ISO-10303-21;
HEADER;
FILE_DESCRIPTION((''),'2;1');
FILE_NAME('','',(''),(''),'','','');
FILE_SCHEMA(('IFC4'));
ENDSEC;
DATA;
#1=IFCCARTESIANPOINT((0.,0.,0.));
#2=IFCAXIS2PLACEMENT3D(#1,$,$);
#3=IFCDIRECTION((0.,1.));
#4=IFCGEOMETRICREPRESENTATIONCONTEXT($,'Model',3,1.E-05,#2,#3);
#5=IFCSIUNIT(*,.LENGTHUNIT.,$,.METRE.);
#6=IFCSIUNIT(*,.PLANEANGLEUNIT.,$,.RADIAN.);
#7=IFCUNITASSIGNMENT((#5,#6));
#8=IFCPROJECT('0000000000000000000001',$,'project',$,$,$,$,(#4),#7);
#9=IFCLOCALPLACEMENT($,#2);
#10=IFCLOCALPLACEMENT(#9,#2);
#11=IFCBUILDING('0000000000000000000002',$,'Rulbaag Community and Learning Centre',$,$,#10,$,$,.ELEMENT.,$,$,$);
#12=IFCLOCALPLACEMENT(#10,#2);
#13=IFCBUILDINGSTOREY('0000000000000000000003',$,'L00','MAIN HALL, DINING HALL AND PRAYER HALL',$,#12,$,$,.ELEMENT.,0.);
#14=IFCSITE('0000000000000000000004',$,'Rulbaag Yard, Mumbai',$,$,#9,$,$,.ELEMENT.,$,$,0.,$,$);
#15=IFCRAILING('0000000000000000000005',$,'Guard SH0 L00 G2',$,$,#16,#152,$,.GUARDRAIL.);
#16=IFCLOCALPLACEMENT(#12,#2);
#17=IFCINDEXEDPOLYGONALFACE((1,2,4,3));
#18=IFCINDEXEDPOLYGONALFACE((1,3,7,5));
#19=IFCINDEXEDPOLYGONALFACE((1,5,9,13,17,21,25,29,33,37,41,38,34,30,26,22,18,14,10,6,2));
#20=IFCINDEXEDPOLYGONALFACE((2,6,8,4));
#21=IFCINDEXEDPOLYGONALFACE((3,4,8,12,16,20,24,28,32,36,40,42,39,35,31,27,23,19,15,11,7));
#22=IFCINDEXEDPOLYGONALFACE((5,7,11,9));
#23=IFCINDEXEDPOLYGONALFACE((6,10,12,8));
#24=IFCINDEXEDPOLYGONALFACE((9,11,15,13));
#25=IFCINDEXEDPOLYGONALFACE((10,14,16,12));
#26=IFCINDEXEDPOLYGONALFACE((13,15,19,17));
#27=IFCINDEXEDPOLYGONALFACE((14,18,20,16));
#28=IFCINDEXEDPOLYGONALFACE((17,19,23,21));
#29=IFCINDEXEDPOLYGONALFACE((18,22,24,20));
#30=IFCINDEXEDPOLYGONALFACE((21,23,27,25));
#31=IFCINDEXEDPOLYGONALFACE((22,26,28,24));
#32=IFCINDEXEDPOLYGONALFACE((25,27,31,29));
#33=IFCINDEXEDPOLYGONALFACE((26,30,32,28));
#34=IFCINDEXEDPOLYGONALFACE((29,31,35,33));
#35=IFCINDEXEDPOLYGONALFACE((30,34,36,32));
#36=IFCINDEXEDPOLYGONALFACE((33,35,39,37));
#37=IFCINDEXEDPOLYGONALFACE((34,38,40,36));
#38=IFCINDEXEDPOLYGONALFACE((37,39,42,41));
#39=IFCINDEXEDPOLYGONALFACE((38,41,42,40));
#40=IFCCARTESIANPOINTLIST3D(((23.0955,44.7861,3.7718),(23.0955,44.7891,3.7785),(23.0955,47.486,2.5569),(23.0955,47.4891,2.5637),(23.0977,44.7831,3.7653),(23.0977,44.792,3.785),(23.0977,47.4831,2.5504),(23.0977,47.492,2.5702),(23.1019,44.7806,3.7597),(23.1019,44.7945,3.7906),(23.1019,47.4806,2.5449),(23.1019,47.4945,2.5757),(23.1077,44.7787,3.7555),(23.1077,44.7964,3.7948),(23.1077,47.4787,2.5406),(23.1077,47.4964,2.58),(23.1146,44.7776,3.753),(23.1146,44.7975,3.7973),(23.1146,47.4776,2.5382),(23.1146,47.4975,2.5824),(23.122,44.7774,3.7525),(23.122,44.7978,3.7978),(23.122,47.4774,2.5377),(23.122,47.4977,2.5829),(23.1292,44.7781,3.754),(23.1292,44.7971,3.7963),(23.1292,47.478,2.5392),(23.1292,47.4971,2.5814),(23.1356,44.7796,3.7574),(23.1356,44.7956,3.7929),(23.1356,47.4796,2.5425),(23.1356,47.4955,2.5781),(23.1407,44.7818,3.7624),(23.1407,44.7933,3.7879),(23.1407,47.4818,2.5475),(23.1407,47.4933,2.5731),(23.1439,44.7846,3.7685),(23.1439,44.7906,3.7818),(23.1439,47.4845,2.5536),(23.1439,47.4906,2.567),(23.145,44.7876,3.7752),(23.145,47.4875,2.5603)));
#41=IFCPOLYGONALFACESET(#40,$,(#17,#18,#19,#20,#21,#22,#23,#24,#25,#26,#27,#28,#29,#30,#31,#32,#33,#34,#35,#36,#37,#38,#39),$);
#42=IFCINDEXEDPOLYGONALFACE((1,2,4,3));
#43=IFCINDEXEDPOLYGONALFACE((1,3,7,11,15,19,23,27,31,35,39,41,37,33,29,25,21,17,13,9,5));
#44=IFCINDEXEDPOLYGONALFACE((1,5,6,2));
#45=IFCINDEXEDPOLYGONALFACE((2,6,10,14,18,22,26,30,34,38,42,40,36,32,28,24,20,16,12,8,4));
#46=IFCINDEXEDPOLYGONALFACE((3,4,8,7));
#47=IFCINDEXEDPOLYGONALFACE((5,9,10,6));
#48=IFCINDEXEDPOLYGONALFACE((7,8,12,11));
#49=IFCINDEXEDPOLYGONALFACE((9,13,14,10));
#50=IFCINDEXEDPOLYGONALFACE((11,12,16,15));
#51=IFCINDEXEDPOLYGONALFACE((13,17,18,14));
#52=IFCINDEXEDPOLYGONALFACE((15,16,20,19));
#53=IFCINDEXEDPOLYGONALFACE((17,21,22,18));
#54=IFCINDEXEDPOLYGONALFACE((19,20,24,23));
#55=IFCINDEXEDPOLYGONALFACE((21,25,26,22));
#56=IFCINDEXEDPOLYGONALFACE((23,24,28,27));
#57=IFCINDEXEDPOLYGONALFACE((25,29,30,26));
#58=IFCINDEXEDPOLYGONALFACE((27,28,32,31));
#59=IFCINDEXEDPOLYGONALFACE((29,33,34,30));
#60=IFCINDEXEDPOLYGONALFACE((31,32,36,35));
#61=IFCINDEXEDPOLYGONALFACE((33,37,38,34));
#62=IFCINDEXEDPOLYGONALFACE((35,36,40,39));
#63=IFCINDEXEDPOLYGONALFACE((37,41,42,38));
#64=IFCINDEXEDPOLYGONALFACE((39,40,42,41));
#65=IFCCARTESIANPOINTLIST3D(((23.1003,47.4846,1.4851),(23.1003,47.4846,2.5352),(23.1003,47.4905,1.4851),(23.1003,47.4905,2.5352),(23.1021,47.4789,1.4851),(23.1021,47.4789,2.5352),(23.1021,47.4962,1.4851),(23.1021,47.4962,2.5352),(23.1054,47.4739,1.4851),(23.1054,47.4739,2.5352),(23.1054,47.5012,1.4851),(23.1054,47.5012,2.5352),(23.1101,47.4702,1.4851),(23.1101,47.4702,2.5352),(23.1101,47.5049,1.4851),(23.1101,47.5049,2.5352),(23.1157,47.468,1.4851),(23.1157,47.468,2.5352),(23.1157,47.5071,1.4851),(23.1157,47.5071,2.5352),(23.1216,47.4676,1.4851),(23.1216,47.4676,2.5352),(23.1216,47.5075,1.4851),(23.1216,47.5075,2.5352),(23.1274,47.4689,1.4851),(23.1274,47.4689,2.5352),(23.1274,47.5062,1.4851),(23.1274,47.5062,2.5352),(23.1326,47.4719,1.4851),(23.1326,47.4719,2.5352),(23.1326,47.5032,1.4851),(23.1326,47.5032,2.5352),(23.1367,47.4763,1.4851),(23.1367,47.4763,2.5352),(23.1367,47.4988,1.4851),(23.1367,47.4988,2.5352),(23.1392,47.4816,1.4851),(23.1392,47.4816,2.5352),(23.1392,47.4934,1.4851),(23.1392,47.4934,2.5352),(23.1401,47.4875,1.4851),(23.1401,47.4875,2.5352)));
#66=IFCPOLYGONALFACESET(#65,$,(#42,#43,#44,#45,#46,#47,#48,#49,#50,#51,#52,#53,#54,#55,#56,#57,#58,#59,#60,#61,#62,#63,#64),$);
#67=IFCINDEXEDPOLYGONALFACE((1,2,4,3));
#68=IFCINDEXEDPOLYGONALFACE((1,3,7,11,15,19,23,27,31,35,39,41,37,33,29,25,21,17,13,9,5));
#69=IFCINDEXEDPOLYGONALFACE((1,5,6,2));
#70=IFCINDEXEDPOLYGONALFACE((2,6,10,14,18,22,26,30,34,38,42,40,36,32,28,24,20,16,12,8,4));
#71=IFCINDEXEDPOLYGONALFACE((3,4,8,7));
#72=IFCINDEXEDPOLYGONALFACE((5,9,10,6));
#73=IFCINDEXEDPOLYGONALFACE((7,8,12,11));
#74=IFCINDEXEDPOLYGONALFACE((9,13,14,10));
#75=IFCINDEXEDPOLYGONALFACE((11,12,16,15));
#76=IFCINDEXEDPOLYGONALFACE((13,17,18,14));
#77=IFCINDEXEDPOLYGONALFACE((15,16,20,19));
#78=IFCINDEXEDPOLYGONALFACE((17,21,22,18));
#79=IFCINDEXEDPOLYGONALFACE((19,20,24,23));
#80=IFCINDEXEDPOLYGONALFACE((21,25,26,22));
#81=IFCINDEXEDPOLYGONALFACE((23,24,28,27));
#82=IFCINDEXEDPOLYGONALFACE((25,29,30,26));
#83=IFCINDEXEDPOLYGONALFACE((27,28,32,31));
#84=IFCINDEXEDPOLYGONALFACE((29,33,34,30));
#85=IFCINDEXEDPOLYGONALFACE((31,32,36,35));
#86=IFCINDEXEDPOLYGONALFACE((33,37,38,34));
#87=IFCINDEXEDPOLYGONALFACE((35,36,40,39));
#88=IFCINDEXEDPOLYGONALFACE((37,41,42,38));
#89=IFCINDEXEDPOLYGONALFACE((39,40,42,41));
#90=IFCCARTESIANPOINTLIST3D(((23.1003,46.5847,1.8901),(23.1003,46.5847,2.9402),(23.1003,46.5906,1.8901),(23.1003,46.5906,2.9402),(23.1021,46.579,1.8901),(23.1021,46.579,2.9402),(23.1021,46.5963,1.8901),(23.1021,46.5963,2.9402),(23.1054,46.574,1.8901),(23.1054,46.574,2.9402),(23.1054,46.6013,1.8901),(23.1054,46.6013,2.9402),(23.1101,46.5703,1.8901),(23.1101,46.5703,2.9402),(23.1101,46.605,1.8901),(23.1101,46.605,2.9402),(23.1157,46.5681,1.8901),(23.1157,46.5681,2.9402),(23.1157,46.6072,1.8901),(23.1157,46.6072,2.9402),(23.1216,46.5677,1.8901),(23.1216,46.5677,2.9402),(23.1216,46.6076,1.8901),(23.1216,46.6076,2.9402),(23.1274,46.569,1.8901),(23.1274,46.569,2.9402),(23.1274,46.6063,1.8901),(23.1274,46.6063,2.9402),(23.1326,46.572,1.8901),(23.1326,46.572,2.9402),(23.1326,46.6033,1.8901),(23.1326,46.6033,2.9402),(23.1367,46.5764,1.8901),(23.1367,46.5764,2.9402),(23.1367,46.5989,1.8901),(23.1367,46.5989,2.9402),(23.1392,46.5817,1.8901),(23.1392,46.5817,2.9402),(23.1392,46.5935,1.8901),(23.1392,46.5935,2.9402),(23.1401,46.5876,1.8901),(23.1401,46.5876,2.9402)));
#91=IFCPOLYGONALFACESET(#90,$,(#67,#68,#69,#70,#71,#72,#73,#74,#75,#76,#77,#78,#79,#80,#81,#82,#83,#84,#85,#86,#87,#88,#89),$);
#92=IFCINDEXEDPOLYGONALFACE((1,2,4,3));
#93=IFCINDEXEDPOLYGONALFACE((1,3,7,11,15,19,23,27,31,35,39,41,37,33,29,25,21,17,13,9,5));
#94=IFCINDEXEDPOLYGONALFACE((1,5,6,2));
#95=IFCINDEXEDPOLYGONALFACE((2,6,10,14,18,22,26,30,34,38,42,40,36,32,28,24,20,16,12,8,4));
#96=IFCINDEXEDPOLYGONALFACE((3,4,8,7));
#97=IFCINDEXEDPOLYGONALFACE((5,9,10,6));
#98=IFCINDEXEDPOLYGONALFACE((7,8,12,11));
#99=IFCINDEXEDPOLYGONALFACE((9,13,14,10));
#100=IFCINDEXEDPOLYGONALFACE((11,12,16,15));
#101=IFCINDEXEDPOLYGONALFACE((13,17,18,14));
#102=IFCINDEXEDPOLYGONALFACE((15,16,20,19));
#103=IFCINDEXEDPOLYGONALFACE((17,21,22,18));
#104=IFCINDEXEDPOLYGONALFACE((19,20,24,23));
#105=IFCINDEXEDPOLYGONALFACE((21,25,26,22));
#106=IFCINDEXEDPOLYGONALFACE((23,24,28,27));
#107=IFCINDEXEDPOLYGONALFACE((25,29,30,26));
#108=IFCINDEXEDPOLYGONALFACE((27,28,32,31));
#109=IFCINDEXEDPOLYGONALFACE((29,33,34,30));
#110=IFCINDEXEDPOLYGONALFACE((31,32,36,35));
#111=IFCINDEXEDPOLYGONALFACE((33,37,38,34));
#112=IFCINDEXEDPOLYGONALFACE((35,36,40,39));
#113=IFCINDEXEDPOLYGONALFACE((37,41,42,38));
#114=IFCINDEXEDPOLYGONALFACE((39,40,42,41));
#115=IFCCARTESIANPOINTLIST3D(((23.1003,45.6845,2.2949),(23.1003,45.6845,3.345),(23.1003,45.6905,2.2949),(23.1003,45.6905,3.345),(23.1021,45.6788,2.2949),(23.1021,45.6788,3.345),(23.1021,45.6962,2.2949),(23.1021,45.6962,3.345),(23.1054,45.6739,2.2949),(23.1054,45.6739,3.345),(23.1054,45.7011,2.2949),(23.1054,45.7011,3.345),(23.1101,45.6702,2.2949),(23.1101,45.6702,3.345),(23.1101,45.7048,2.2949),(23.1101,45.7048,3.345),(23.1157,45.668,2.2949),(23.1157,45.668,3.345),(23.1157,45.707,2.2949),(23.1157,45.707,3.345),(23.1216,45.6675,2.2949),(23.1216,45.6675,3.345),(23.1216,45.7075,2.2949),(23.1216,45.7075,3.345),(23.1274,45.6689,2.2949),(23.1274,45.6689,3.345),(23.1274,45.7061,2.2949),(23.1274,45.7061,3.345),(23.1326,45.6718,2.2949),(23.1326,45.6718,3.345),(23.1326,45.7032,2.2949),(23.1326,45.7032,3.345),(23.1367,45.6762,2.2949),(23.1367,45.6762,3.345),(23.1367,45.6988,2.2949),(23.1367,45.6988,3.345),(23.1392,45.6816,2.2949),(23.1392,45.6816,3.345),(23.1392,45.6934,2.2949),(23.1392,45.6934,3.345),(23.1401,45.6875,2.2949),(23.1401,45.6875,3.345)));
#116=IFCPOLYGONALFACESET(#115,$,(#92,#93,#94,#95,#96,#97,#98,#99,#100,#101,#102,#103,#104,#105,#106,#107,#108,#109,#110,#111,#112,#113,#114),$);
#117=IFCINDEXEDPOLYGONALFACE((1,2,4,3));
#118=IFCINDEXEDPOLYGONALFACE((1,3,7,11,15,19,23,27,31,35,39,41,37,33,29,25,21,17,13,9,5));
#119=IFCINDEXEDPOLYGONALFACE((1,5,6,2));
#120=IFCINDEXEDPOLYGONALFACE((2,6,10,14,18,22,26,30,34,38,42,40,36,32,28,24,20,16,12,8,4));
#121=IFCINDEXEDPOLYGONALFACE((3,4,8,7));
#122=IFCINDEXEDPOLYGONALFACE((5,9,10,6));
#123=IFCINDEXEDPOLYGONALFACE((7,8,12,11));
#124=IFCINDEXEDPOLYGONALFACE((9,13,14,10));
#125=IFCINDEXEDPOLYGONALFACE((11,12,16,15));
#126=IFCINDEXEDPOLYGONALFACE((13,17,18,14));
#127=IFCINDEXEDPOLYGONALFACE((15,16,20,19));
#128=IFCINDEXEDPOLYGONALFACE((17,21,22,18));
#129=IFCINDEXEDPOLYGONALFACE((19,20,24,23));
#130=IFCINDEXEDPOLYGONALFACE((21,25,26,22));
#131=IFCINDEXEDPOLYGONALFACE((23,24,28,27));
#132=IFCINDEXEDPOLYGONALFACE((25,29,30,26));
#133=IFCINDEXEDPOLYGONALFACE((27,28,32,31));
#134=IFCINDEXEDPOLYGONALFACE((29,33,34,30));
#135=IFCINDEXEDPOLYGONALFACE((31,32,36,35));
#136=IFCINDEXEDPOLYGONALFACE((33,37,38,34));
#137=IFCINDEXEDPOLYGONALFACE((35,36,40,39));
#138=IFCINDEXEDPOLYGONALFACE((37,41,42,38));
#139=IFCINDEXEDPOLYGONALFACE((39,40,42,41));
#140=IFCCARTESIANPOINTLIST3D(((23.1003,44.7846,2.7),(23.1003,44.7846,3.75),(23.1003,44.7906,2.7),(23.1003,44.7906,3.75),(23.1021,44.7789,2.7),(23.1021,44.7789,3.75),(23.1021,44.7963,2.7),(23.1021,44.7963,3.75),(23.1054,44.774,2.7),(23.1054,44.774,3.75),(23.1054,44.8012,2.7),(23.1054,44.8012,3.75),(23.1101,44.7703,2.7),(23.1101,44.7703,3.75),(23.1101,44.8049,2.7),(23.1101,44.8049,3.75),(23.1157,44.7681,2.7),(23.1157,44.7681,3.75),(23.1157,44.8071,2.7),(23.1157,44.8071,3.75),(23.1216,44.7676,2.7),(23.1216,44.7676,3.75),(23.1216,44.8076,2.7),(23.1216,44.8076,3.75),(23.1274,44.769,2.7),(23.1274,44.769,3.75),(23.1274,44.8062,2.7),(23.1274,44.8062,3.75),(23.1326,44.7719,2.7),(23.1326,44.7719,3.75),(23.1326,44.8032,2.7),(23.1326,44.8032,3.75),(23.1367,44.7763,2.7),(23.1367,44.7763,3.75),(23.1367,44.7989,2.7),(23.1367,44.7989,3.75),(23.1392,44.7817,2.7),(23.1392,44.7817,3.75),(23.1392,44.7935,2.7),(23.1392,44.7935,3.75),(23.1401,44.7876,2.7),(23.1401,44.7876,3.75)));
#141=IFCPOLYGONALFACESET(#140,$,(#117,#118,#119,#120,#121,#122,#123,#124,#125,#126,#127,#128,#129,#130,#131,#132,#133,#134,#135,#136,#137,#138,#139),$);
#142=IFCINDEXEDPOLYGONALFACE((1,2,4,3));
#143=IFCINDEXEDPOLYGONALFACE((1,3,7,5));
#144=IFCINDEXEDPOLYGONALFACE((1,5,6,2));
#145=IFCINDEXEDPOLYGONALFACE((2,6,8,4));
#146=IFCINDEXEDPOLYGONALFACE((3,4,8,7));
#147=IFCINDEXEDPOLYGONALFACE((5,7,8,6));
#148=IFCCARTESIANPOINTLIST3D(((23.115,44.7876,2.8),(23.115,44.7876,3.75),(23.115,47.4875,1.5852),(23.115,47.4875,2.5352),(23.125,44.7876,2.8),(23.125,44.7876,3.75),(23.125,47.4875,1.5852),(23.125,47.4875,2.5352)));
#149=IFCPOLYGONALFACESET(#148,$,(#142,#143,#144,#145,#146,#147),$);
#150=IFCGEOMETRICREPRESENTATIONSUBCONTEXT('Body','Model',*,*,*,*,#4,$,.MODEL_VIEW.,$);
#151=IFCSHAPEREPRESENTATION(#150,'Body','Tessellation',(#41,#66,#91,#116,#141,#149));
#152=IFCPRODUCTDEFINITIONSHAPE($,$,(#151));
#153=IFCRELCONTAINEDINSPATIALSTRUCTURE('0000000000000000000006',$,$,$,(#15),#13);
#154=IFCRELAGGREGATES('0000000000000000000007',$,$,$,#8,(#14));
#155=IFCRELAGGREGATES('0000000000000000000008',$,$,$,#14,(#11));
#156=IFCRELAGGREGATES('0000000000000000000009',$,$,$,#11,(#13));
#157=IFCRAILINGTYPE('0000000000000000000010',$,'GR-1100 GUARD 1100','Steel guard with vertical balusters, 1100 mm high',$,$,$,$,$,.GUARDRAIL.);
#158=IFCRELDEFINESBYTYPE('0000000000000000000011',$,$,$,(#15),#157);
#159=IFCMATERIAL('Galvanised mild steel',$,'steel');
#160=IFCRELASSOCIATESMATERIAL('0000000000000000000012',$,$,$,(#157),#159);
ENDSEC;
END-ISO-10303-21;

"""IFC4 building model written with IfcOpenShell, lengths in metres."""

from ifc_helpers import new_model, si_unit, direction, frame, origin, origin_2d, place, context, subcontext, project, spatial, polyline, circle, outline, extrude, material, type_object, element, save


model = new_model("IFC4")

# Units and contexts
model_context = context("Model", 3, precision=1e-05, world=origin(), true_north=direction((0.0, 1.0)))
body_context = subcontext(model_context, "Body", "Model", "MODEL_VIEW")
ifc_project = project(units=[si_unit("LENGTHUNIT", "METRE"), si_unit("PLANEANGLEUNIT", "RADIAN")], contexts=[model_context])

# Site, building, storey
site_placement = place(None, origin())
site = spatial("IfcSite", under=ifc_project, at=site_placement, Name="Rulbaag Yard, Mumbai", CompositionType="ELEMENT", RefElevation=0.0)
building_placement = place(site_placement, origin())
building = spatial("IfcBuilding", under=site, at=building_placement, Name="Rulbaag Community and Learning Centre", CompositionType="ELEMENT")
storey_placement = place(building_placement, origin())
storey = spatial("IfcBuildingStorey", under=building, at=storey_placement, Name="L00", Description="MAIN HALL, DINING HALL AND PRAYER HALL", CompositionType="ELEMENT", Elevation=0.0)

# Railing
ifc_material_1 = material(Name="Galvanised mild steel", Category="steel")
railing_type_1 = type_object("IfcRailingType", Name="GR-1100 GUARD 1100", Description="Steel guard with vertical balusters, 1100 mm high", PredefinedType="GUARDRAIL", material=ifc_material_1)
railing_1_placement = place(storey_placement, frame((23.1201, 47.4875, 1.4851)))
element("IfcRailing", 1, at=railing_1_placement, inside=storey, type_object=railing_type_1, Name="Guard SH0 L00 G2", PredefinedType="GUARDRAIL", context=body_context, shape_type="SweptSolid", body=[
    extrude(circle(Radius=0.0249, at=origin_2d()), frame((0.0, 0.0, 1.0752), z_axis=(0.0, -0.911938, 0.410327), x_axis=(1.0, 0.0, 0.0)), (0.0, 0.0, 1.0), 2.9607),
    extrude(circle(Radius=0.02, at=origin_2d()), origin(), (0.0, 0.0, 1.0), 1.05),
    extrude(circle(Radius=0.02, at=origin_2d()), frame((0.0, -0.8999, 0.405)), (0.0, 0.0, 1.0), 1.05),
    extrude(circle(Radius=0.02, at=origin_2d()), frame((0.0, -1.8, 0.8098)), (0.0, 0.0, 1.0), 1.05),
    extrude(circle(Radius=0.02, at=origin_2d()), frame((0.0, -2.7, 1.2148)), (0.0, 0.0, 1.0), 1.05),
    extrude(outline(polyline([(0.0, 0.0), (2.7, 1.2148), (2.7, 2.1648), (0.0, 0.95), (0.0, 0.0)])), frame((0.0049, 0.0, 0.1001), z_axis=(-1.0, 0.0, 0.0), x_axis=(0.0, -1.0, 0.0)), (0.0, 0.0, 1.0), 0.01),
])

save(model, "model.ifc")
